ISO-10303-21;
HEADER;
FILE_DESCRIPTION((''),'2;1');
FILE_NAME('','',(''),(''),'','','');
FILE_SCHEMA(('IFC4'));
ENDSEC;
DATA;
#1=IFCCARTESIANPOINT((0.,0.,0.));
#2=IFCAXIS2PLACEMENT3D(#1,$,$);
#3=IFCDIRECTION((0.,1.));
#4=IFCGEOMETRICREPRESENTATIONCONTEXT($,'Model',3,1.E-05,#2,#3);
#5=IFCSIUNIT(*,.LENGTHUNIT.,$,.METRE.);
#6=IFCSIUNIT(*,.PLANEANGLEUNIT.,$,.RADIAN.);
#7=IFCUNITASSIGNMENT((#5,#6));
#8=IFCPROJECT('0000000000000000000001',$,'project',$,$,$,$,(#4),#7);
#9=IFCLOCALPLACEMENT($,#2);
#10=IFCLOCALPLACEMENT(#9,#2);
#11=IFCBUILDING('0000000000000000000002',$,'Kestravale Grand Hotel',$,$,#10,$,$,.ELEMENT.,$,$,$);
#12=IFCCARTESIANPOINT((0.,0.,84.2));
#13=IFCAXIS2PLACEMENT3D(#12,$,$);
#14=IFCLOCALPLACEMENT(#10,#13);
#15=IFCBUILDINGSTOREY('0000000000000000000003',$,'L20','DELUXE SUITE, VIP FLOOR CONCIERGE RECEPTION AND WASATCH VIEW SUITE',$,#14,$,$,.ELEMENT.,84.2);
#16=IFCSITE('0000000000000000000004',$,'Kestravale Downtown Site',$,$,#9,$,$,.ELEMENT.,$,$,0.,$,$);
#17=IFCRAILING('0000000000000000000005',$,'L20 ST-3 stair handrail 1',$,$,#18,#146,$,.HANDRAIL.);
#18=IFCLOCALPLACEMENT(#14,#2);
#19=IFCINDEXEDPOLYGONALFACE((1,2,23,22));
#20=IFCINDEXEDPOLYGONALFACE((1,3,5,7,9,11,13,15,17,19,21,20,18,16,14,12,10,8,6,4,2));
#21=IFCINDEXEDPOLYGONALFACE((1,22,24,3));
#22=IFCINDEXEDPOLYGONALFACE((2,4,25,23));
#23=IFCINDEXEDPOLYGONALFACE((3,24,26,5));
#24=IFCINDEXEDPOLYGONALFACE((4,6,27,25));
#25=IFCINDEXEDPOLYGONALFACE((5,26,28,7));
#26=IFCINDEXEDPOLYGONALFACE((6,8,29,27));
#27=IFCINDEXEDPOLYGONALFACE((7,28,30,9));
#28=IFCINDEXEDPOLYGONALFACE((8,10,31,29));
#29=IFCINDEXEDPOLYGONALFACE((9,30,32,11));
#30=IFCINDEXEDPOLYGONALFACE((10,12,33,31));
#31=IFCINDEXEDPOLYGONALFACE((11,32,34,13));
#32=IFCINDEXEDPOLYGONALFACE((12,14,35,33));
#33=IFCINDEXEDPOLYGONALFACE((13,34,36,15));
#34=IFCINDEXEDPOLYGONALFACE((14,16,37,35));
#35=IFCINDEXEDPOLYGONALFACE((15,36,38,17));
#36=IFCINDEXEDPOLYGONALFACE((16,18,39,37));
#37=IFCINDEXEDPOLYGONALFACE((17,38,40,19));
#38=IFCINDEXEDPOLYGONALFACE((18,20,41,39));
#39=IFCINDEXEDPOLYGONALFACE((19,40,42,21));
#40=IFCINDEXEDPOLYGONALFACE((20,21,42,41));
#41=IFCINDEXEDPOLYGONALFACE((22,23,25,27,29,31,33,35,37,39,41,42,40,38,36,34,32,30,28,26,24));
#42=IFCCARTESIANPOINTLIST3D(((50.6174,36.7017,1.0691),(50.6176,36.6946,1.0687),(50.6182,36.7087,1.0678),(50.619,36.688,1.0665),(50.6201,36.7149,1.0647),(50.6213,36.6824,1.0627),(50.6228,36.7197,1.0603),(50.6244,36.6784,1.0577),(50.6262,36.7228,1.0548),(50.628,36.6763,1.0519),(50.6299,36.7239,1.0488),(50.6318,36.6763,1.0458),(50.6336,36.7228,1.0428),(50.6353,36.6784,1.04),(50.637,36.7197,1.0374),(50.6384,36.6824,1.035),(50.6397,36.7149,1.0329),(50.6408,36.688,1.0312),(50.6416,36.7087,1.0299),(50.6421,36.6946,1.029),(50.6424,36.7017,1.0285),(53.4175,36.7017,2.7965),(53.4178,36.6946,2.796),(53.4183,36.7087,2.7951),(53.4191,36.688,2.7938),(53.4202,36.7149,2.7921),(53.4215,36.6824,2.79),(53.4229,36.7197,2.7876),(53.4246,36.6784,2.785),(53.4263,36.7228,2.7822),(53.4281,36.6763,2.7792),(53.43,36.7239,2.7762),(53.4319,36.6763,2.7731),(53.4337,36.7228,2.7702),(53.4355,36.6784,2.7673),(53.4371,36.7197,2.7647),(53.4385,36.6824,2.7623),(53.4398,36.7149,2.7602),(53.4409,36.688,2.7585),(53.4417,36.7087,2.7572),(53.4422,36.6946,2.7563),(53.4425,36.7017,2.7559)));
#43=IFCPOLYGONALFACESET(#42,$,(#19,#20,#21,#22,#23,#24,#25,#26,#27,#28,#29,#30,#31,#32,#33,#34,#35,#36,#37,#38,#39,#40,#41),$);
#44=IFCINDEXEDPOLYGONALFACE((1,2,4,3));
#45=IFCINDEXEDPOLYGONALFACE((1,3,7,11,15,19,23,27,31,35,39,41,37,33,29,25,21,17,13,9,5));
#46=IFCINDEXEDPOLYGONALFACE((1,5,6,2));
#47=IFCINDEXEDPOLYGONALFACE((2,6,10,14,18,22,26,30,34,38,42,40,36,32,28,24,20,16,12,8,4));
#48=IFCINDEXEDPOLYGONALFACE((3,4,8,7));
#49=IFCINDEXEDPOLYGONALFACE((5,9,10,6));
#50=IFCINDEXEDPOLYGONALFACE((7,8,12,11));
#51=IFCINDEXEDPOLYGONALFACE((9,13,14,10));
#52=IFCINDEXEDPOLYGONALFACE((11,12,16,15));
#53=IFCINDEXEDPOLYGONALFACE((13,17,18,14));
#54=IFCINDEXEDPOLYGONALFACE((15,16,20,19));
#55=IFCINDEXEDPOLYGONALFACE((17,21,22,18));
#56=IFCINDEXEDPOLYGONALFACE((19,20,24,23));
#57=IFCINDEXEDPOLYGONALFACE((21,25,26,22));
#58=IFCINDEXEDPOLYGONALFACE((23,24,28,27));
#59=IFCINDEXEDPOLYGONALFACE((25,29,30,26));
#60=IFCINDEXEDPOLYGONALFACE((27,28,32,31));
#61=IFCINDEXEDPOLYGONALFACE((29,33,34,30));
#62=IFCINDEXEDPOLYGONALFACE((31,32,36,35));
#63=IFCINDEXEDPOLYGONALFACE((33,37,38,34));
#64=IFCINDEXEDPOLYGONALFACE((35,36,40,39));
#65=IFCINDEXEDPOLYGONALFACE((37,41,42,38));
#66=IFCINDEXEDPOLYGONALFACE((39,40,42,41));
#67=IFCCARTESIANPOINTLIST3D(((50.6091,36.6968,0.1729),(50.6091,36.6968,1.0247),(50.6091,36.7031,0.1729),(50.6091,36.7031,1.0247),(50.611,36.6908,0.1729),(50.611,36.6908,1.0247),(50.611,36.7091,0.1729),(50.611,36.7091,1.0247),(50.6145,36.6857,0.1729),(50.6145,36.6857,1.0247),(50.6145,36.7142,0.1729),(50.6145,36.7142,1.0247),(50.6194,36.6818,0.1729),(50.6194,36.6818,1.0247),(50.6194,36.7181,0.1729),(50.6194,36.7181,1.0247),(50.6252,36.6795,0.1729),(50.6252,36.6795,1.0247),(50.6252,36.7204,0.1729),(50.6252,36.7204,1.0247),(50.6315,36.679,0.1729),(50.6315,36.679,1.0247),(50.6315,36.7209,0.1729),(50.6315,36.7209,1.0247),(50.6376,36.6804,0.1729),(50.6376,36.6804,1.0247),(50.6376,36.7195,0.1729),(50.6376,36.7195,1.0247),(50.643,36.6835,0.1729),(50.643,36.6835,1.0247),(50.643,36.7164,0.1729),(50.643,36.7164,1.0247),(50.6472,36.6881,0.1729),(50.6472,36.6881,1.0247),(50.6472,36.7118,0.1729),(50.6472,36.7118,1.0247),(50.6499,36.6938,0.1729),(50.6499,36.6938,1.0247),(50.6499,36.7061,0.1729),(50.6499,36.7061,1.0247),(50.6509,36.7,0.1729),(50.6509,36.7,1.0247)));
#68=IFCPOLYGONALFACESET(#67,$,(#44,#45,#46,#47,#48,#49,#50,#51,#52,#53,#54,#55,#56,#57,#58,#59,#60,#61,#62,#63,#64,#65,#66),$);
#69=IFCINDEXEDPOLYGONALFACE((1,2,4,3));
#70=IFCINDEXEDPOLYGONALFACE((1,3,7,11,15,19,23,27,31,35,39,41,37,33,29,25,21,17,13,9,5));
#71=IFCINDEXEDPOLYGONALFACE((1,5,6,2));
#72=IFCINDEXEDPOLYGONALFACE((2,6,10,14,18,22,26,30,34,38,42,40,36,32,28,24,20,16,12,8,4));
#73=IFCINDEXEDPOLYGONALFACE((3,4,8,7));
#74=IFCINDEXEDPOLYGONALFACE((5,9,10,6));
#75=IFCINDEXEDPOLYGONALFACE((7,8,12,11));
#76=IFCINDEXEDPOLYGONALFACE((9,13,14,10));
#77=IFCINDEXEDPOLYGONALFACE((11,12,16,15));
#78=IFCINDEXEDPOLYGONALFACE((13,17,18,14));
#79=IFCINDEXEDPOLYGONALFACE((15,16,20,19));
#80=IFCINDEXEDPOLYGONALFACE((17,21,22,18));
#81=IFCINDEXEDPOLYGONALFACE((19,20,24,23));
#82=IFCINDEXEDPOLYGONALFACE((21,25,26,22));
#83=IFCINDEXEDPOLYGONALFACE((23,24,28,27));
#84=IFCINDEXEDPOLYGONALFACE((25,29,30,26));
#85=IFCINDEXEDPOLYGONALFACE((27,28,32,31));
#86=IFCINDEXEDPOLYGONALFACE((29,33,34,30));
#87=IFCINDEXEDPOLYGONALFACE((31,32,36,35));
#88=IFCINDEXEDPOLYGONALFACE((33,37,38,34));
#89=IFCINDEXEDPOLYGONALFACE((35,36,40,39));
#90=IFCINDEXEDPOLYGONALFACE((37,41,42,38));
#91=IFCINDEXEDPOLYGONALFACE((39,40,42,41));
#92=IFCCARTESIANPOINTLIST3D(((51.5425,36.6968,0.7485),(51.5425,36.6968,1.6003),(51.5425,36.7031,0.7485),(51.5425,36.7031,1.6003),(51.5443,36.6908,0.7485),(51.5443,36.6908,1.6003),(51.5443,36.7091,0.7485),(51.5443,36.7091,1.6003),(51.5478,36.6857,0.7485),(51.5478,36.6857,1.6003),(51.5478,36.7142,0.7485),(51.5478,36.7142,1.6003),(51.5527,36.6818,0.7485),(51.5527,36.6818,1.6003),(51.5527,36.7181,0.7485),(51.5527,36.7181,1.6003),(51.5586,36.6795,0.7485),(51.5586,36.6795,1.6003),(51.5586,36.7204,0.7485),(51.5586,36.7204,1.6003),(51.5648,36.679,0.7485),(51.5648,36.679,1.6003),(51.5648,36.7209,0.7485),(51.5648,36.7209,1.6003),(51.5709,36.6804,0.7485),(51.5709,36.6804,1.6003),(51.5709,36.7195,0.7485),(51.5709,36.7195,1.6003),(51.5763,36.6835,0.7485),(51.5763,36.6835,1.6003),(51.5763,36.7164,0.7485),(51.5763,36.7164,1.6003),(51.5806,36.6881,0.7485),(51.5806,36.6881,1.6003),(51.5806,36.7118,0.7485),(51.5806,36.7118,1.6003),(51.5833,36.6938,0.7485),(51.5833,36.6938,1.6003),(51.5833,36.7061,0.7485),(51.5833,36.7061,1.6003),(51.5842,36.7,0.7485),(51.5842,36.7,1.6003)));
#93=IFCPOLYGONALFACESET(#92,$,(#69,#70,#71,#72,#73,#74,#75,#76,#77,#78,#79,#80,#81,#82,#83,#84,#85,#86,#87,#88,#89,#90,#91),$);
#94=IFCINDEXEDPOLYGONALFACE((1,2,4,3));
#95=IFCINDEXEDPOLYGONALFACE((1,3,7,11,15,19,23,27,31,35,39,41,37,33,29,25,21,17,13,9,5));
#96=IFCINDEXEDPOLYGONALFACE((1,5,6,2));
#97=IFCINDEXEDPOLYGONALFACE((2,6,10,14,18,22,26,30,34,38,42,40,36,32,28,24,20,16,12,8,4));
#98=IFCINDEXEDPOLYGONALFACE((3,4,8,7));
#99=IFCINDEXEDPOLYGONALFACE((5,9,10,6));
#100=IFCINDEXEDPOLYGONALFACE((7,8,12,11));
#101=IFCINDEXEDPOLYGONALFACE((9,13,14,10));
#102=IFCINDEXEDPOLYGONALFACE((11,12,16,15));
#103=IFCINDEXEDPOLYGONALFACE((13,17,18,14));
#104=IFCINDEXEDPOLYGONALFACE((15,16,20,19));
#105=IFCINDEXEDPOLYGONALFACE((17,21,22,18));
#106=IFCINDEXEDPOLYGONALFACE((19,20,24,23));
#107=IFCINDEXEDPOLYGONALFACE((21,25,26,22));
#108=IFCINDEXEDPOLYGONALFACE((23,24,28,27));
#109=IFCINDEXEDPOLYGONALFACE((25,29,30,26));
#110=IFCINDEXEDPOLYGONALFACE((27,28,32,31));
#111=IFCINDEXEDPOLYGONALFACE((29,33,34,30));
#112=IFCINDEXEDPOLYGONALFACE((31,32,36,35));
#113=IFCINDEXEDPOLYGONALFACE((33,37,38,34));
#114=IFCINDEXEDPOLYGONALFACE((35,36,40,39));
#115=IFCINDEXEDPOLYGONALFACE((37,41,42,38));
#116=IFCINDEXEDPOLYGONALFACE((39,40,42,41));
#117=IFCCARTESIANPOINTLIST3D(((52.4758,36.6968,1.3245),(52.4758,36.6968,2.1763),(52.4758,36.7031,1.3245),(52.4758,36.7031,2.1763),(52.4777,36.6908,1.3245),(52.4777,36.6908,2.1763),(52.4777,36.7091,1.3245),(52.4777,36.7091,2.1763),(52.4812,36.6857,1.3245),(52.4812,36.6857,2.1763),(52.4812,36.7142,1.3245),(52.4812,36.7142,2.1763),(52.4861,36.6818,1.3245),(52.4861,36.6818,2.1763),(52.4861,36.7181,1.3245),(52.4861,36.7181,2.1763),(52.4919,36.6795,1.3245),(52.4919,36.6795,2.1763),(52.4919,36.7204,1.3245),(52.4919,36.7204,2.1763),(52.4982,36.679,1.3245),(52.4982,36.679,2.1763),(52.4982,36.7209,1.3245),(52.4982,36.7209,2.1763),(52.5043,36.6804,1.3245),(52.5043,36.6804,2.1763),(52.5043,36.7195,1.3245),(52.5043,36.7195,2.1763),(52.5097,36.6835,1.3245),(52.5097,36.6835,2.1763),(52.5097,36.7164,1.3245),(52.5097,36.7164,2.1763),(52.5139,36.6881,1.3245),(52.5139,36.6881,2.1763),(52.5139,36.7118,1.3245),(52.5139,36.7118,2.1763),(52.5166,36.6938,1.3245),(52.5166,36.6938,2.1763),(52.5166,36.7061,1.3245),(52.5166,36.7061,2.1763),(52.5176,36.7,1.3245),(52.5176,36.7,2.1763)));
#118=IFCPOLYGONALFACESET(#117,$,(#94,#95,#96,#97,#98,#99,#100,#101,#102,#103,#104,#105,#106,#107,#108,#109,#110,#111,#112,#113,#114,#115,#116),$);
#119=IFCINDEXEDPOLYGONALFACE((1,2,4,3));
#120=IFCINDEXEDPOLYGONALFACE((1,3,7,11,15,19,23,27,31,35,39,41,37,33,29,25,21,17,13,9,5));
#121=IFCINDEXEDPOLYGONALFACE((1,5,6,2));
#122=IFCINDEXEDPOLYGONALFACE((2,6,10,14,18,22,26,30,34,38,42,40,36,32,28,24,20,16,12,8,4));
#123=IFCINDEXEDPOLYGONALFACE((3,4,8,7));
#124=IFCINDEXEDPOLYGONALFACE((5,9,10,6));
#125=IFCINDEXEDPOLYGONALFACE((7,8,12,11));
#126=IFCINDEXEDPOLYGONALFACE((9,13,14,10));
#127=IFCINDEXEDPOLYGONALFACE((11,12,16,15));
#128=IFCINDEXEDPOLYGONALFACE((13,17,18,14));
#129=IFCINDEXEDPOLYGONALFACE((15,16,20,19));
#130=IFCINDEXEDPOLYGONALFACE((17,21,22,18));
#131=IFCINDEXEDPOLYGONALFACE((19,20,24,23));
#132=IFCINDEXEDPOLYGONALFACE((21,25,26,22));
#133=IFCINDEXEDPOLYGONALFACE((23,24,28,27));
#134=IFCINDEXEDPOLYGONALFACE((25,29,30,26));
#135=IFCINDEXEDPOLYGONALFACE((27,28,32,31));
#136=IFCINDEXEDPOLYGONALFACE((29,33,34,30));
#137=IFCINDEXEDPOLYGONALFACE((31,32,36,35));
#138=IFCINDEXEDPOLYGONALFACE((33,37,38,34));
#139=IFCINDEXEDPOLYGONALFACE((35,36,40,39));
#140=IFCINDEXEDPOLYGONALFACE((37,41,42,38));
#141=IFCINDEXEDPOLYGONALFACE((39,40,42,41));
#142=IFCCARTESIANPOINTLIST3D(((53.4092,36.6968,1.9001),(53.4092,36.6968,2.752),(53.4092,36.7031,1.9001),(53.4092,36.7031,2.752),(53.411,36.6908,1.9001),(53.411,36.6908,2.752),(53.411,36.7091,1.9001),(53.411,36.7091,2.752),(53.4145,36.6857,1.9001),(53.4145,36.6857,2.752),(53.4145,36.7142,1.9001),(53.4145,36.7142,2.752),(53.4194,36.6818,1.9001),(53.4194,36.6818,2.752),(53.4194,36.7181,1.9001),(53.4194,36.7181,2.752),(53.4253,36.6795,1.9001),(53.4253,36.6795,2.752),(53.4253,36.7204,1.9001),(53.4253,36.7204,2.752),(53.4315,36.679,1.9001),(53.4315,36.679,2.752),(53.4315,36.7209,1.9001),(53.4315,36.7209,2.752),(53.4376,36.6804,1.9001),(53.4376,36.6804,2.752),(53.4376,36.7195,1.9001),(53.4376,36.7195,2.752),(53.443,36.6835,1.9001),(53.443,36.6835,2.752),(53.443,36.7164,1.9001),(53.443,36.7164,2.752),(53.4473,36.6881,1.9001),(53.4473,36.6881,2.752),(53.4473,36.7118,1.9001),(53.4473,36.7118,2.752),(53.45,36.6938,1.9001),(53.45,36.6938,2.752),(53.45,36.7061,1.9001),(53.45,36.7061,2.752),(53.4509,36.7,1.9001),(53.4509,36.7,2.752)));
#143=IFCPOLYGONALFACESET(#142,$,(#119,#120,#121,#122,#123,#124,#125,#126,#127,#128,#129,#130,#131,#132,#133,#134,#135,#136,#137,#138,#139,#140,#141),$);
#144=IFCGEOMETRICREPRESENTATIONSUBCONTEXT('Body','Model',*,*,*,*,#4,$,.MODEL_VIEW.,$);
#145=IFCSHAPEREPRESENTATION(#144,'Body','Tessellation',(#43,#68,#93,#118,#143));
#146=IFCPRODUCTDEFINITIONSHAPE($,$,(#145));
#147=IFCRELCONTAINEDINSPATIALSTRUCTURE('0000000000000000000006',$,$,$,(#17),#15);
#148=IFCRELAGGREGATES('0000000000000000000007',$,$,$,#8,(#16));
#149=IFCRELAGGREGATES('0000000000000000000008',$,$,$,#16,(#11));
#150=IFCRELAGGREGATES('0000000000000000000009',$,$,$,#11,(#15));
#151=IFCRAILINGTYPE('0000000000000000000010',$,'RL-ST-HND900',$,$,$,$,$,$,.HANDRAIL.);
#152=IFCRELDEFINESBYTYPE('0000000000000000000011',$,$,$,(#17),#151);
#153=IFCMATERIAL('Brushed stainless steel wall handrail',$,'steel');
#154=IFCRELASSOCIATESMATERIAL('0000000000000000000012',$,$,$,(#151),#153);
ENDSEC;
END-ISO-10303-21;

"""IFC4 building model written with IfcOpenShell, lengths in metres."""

from ifc_helpers import new_model, si_unit, direction, frame, origin, origin_2d, place, context, subcontext, project, spatial, circle, extrude, material, type_object, element, save


model = new_model("IFC4")

# Units and contexts
model_context = context("Model", 3, precision=1e-05, world=origin(), true_north=direction((0.0, 1.0)))
body_context = subcontext(model_context, "Body", "Model", "MODEL_VIEW")
ifc_project = project(units=[si_unit("LENGTHUNIT", "METRE"), si_unit("PLANEANGLEUNIT", "RADIAN")], contexts=[model_context])

# Site, building, storey
site_placement = place(None, origin())
site = spatial("IfcSite", under=ifc_project, at=site_placement, Name="Kestravale Downtown Site", CompositionType="ELEMENT", RefElevation=0.0)
building_placement = place(site_placement, origin())
building = spatial("IfcBuilding", under=site, at=building_placement, Name="Kestravale Grand Hotel", CompositionType="ELEMENT")
storey_placement = place(building_placement, frame((0.0, 0.0, 84.2)))
storey = spatial("IfcBuildingStorey", under=building, at=storey_placement, Name="L20", Description="DELUXE SUITE, VIP FLOOR CONCIERGE RECEPTION AND WASATCH VIEW SUITE", CompositionType="ELEMENT", Elevation=84.2)

# Railing
ifc_material_1 = material(Name="Brushed stainless steel wall handrail", Category="steel")
railing_type_1 = type_object("IfcRailingType", Name="RL-ST-HND900", PredefinedType="HANDRAIL", material=ifc_material_1)
railing_1_placement = place(storey_placement, frame((50.6299, 36.7, 0.1729)))
element("IfcRailing", 1, at=railing_1_placement, inside=storey, type_object=railing_type_1, Name="L20 ST-3 stair handrail 1", PredefinedType="HANDRAIL", context=body_context, shape_type="SweptSolid", body=[
    extrude(circle(Radius=0.0239, at=origin_2d()), frame((0.0, 0.0, 0.876), z_axis=(0.85109, 0.0, 0.52502), x_axis=(0.0, 1.0, 0.0)), (0.0, 0.0, 1.0), 3.29),
    extrude(circle(Radius=0.021, at=origin_2d()), origin(), (0.0, 0.0, 1.0), 0.8518),
    extrude(circle(Radius=0.021, at=origin_2d()), frame((0.9333, 0.0, 0.5757)), (0.0, 0.0, 1.0), 0.8518),
    extrude(circle(Radius=0.021, at=origin_2d()), frame((1.8667, 0.0, 1.1516)), (0.0, 0.0, 1.0), 0.8518),
    extrude(circle(Radius=0.021, at=origin_2d()), frame((2.8, 0.0, 1.7273)), (0.0, 0.0, 1.0), 0.8518),
])

save(model, "model.ifc")
